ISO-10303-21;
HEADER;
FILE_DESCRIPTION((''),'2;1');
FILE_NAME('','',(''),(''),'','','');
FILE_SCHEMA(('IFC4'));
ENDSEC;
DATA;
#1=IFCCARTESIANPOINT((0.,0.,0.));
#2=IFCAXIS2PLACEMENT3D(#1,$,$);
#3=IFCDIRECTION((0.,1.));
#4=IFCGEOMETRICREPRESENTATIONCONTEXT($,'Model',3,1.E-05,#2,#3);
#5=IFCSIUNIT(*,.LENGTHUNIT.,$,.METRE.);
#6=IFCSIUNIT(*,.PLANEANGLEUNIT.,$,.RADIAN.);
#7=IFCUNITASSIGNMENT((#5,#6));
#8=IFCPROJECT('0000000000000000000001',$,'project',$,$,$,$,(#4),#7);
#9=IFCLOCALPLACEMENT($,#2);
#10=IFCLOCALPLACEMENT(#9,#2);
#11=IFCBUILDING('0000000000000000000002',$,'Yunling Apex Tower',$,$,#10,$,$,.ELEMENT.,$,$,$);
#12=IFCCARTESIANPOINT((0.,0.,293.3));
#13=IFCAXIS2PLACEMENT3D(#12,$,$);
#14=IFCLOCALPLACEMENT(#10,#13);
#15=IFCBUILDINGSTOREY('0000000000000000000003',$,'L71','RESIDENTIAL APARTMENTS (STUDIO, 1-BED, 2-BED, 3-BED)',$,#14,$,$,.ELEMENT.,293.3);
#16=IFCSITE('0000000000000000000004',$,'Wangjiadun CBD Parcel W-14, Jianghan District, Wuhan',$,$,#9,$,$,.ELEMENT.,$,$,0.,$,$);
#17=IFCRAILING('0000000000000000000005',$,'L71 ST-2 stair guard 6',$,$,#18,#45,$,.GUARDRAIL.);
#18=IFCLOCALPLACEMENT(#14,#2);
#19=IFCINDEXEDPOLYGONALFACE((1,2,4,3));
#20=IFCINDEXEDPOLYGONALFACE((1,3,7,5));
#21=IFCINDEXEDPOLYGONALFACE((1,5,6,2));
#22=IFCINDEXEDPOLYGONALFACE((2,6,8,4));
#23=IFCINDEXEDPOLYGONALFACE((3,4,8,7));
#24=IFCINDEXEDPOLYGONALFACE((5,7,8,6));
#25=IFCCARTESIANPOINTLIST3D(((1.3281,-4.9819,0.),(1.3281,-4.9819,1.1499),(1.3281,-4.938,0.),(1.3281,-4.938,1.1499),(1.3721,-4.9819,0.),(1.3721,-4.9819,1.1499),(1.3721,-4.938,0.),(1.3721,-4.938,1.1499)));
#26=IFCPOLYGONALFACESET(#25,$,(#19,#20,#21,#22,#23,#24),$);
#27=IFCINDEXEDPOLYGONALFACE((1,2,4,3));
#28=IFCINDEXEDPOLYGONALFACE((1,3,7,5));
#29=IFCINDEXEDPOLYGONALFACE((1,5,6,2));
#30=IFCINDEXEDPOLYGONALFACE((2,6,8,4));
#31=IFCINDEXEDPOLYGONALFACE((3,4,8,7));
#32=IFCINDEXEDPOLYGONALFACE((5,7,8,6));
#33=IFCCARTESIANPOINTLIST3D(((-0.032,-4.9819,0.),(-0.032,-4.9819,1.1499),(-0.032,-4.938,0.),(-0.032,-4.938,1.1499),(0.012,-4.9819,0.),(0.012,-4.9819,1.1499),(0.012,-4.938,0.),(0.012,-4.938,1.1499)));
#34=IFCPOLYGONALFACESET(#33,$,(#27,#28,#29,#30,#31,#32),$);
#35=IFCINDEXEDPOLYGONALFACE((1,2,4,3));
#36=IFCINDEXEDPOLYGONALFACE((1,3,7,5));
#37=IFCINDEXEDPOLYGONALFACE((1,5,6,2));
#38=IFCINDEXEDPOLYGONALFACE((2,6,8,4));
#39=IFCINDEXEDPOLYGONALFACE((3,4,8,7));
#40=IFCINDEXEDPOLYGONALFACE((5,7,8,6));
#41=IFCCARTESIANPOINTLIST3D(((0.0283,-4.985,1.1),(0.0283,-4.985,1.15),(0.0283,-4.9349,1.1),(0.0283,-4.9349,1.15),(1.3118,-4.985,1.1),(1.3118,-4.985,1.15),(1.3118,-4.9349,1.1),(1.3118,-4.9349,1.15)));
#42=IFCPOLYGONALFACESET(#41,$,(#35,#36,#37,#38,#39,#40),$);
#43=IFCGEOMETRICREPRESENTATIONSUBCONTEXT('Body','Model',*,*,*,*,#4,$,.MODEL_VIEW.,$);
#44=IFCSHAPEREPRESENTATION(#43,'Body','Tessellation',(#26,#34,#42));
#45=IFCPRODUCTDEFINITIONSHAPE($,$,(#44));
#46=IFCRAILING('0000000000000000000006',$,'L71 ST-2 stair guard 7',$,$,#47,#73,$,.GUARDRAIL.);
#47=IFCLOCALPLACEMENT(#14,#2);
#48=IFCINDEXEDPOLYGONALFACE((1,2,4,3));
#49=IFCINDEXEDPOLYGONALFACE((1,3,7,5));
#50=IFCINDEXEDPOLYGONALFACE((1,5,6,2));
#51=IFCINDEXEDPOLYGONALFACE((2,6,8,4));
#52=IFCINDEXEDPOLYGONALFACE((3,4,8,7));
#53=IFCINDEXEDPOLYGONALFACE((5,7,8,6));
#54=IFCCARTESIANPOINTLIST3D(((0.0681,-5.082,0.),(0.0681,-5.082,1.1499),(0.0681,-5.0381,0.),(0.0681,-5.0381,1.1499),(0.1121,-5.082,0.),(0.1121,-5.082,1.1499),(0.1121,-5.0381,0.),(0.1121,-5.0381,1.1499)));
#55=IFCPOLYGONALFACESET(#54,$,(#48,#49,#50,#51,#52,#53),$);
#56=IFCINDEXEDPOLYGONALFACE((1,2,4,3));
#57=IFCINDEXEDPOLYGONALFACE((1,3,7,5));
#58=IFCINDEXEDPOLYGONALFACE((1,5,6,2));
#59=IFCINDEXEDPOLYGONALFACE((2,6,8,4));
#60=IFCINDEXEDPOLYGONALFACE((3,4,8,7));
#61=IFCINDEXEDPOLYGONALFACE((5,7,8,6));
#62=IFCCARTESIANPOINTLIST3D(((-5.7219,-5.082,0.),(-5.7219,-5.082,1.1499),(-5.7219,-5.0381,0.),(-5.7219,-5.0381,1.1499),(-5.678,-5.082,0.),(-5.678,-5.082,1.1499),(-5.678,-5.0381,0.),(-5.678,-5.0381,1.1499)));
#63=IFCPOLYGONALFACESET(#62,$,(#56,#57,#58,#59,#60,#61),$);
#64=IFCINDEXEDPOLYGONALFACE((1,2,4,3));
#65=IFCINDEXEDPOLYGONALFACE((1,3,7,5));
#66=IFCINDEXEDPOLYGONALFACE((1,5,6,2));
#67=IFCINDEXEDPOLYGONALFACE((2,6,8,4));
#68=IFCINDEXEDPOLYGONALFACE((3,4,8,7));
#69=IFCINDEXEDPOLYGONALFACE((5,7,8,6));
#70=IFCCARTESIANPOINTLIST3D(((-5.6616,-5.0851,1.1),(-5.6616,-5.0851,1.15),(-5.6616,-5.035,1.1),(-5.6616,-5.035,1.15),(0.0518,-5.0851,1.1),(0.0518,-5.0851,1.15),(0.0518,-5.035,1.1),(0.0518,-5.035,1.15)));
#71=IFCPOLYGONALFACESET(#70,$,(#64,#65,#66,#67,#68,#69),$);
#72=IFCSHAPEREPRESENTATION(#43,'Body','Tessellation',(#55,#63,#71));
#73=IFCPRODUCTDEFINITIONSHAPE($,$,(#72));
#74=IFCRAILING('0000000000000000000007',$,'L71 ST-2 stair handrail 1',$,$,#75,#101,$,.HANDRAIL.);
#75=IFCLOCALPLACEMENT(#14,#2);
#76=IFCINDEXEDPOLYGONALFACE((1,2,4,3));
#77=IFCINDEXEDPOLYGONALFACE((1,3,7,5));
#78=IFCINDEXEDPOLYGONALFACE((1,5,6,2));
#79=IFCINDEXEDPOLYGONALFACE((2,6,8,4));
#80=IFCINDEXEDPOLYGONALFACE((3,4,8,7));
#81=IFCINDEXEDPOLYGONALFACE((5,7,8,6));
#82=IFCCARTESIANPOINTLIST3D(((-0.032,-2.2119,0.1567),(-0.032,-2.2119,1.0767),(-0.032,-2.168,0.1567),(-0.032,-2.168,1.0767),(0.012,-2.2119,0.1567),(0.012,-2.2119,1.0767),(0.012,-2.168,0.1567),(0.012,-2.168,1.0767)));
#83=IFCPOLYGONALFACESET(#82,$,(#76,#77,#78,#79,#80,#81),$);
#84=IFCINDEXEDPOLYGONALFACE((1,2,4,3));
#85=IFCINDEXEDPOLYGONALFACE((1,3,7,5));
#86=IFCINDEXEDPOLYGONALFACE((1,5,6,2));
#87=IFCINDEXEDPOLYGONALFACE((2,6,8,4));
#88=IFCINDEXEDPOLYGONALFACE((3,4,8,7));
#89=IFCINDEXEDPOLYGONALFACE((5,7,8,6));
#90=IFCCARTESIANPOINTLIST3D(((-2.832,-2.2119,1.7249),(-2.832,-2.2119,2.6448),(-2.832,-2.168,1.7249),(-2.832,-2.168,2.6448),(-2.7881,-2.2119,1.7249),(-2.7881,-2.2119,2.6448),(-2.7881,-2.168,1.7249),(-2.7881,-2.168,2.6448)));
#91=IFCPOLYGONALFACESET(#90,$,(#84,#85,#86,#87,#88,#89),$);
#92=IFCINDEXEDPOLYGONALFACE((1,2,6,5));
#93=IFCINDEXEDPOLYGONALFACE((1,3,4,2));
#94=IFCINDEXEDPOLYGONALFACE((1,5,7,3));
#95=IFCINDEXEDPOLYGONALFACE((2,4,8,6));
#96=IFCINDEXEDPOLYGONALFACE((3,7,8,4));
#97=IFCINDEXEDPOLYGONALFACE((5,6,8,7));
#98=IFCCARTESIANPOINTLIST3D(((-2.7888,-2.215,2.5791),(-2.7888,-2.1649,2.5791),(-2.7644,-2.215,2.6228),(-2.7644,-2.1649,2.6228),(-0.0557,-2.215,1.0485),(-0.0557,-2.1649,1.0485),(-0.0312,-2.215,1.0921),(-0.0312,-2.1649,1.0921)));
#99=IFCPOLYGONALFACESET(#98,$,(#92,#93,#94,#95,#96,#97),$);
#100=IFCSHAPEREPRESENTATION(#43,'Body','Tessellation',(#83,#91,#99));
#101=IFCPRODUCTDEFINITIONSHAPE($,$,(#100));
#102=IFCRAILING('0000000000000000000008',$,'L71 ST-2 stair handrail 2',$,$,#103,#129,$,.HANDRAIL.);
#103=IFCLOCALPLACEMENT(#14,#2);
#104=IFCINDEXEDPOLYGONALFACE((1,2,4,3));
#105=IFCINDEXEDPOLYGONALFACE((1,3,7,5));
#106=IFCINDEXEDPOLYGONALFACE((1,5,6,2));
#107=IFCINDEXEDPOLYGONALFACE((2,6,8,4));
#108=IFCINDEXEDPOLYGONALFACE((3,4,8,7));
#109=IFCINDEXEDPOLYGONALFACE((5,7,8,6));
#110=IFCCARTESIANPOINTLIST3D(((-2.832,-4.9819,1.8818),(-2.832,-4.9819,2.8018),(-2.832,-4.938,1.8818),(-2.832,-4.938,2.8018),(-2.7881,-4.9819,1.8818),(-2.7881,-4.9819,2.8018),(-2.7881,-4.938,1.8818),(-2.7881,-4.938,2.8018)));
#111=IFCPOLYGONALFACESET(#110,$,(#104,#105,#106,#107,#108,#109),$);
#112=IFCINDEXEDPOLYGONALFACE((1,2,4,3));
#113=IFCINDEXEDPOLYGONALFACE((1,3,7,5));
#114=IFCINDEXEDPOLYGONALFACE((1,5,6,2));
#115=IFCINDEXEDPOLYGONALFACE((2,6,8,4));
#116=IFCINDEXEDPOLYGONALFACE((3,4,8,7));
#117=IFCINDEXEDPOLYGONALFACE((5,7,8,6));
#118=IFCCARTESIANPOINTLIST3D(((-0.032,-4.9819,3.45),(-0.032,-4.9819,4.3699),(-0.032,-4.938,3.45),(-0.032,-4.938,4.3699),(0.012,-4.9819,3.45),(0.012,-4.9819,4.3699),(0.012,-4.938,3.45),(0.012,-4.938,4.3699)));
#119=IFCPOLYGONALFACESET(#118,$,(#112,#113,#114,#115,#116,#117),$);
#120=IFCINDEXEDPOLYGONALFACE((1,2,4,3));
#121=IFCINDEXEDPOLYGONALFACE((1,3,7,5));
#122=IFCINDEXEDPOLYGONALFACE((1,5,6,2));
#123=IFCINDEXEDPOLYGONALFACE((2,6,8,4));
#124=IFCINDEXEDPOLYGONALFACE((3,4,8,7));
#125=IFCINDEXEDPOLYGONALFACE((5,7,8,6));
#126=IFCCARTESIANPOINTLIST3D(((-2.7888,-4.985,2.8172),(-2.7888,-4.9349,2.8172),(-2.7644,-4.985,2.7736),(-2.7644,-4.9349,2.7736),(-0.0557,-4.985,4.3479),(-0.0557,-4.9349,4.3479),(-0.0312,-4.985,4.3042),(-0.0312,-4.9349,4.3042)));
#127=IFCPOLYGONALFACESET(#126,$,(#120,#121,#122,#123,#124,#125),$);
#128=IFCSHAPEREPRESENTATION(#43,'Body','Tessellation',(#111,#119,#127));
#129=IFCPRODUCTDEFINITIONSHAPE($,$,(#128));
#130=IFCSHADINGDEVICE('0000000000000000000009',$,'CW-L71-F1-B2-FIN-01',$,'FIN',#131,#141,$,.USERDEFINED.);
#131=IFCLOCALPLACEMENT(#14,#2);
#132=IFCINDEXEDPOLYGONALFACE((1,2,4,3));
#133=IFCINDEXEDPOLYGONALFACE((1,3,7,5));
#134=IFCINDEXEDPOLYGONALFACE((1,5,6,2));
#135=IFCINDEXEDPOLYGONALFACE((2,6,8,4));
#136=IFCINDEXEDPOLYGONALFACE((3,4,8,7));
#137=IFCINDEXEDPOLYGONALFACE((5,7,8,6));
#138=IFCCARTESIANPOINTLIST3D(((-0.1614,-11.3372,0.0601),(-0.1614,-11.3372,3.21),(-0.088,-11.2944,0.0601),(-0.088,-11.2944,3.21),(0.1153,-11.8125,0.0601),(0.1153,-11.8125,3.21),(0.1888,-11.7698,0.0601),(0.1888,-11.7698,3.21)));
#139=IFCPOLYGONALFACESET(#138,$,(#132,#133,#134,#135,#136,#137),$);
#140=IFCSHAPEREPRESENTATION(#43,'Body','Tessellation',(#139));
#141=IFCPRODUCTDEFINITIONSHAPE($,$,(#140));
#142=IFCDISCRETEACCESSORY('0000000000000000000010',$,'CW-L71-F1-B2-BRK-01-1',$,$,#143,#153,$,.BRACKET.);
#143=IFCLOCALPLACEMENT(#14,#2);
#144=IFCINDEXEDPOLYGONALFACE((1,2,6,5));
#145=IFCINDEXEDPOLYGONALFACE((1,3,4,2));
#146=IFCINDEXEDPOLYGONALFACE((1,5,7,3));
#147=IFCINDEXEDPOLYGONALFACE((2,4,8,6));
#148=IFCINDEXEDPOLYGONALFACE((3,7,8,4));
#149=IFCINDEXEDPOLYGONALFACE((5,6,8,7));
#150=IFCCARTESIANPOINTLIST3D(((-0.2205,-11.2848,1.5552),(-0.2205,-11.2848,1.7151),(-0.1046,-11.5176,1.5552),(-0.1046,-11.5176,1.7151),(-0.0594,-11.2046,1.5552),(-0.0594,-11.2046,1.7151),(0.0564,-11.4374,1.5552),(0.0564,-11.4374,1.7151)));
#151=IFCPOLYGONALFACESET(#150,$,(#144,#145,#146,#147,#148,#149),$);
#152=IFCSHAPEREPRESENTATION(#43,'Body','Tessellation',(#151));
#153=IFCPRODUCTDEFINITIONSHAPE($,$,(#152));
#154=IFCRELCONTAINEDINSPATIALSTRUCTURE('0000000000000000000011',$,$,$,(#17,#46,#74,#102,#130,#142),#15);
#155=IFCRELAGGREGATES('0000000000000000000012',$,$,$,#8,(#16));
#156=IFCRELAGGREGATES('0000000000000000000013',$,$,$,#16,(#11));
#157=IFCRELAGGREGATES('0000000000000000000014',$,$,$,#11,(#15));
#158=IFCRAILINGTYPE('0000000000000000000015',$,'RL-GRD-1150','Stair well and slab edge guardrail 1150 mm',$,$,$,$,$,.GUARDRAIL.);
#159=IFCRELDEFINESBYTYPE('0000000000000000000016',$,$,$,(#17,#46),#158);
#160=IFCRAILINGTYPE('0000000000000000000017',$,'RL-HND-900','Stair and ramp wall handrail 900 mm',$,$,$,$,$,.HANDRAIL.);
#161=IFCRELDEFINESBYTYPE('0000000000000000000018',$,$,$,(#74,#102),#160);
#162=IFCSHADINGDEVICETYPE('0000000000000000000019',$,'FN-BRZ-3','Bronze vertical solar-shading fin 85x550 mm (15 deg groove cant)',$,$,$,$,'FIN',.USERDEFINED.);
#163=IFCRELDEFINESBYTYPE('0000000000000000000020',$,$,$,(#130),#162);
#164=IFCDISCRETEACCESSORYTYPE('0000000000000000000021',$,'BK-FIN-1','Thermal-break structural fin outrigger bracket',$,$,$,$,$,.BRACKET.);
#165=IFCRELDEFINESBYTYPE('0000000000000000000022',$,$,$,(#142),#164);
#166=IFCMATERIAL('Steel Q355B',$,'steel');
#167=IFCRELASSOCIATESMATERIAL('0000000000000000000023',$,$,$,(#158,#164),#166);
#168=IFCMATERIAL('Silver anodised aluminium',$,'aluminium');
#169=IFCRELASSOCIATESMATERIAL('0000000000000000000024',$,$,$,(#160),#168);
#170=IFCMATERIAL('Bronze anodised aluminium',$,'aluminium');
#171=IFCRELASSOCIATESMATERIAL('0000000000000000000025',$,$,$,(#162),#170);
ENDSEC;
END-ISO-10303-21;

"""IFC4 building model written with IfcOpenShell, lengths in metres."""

from ifc_helpers import new_model, si_unit, direction, frame, origin, origin_2d, place, context, subcontext, project, spatial, rectangle, extrude, source, transform, mapped, material, material_profile, profile_set, type_object, element, save


model = new_model("IFC4")

# Units and contexts
model_context = context("Model", 3, precision=1e-05, world=origin(), true_north=direction((0.0, 1.0)))
body_context = subcontext(model_context, "Body", "Model", "MODEL_VIEW")
ifc_project = project(units=[si_unit("LENGTHUNIT", "METRE"), si_unit("PLANEANGLEUNIT", "RADIAN")], contexts=[model_context])

# Site, building, storey
site_placement = place(None, origin())
site = spatial("IfcSite", under=ifc_project, at=site_placement, Name="Wangjiadun CBD Parcel W-14, Jianghan District, Wuhan", CompositionType="ELEMENT", RefElevation=0.0)
building_placement = place(site_placement, origin())
building = spatial("IfcBuilding", under=site, at=building_placement, Name="Yunling Apex Tower", CompositionType="ELEMENT")
storey_placement = place(building_placement, frame((0.0, 0.0, 293.3)))
storey = spatial("IfcBuildingStorey", under=building, at=storey_placement, Name="L71", Description="RESIDENTIAL APARTMENTS (STUDIO, 1-BED, 2-BED, 3-BED)", CompositionType="ELEMENT", Elevation=293.3)

# Shared definitions
ifc_material_1 = material(Name="Steel Q355B", Category="steel")

# Shared definitions
ifc_material_2 = material(Name="Bronze anodised aluminium", Category="aluminium")

# Railings
railing_type_1 = type_object("IfcRailingType", Name="RL-GRD-1150", Description="Stair well and slab edge guardrail 1150 mm", PredefinedType="GUARDRAIL", material=ifc_material_1)
railing_1_placement = place(storey_placement, frame((1.3501, -4.96, 0.0)))
element("IfcRailing", 1, at=railing_1_placement, inside=storey, type_object=railing_type_1, Name="L71 ST-2 stair guard 6", PredefinedType="GUARDRAIL", context=body_context, shape_type="SweptSolid", body=[
    extrude(rectangle(XDim=0.0439, YDim=0.0439, at=origin_2d()), origin(), (0.0, 0.0, 1.0), 1.1499),
    extrude(rectangle(XDim=0.0439, YDim=0.0439, at=origin_2d()), frame((-1.3601, 0.0, 0.0)), (0.0, 0.0, 1.0), 1.1499),
    extrude(rectangle(XDim=0.05, YDim=0.05, at=origin_2d()), frame((-0.0383, 0.0, 1.125), z_axis=(-1.0, 0.0, 0.0), x_axis=(0.0, -1.0, 0.0)), (0.0, 0.0, 1.0), 1.2834),
])
railing_2_placement = place(storey_placement, frame((0.0901, -5.0601, 0.0)))
element("IfcRailing", 2, at=railing_2_placement, inside=storey, type_object=railing_type_1, Name="L71 ST-2 stair guard 7", PredefinedType="GUARDRAIL", context=body_context, shape_type="SweptSolid", body=[
    extrude(rectangle(XDim=0.0439, YDim=0.0439, at=origin_2d()), origin(), (0.0, 0.0, 1.0), 1.1499),
    extrude(rectangle(XDim=0.0439, YDim=0.0439, at=origin_2d()), frame((-5.79, 0.0, 0.0)), (0.0, 0.0, 1.0), 1.1499),
    extrude(rectangle(XDim=0.05, YDim=0.05, at=origin_2d()), frame((-0.0383, 0.0, 1.125), z_axis=(-1.0, 0.0, 0.0), x_axis=(0.0, -1.0, 0.0)), (0.0, 0.0, 1.0), 5.7134),
])
ifc_material_3 = material(Name="Silver anodised aluminium", Category="aluminium")
railing_type_2 = type_object("IfcRailingType", Name="RL-HND-900", Description="Stair and ramp wall handrail 900 mm", PredefinedType="HANDRAIL", material=ifc_material_3)
railing_3_placement = place(storey_placement, frame((-0.01, -2.1899, 0.1567)))
element("IfcRailing", 3, at=railing_3_placement, inside=storey, type_object=railing_type_2, Name="L71 ST-2 stair handrail 1", PredefinedType="HANDRAIL", context=body_context, shape_type="SweptSolid", body=[
    extrude(rectangle(XDim=0.0439, YDim=0.0439, at=origin_2d()), origin(), (0.0, 0.0, 1.0), 0.9199),
    extrude(rectangle(XDim=0.0439, YDim=0.0439, at=origin_2d()), frame((-2.8, 0.0, 1.5681)), (0.0, 0.0, 1.0), 0.9199),
    extrude(rectangle(XDim=0.05, YDim=0.05, at=origin_2d()), frame((-0.0334, 0.0, 0.9136), z_axis=(-0.872494, 0.0, 0.488624), x_axis=(0.0, -1.0, 0.0)), (0.0, 0.0, 1.0), 3.1326),
])
railing_4_placement = place(storey_placement, frame((-2.8101, -4.96, 1.8818)))
element("IfcRailing", 4, at=railing_4_placement, inside=storey, type_object=railing_type_2, Name="L71 ST-2 stair handrail 2", PredefinedType="HANDRAIL", context=body_context, shape_type="SweptSolid", body=[
    extrude(rectangle(XDim=0.0439, YDim=0.0439, at=origin_2d()), origin(), (0.0, 0.0, 1.0), 0.9199),
    extrude(rectangle(XDim=0.0439, YDim=0.0439, at=origin_2d()), frame((2.8, 0.0, 1.5681)), (0.0, 0.0, 1.0), 0.9199),
    extrude(rectangle(XDim=0.05, YDim=0.05, at=origin_2d()), frame((0.0334, 0.0, 0.9136), z_axis=(0.872494, 0.0, 0.488624), x_axis=(0.0, 1.0, 0.0)), (0.0, 0.0, 1.0), 3.1326),
])

# Shading device
ifc_material_profile_1 = material_profile(ifc_material_2, rectangle(XDim=0.085, YDim=0.55, at=origin_2d()))
ifc_profile_set_1 = profile_set([ifc_material_profile_1], Name="Bronze anodised aluminium")
shading_device_type = type_object("IfcShadingDeviceType", Name="FN-BRZ-3", Description="Bronze vertical solar-shading fin 85x550 mm (15 deg groove cant)", ElementType="FIN", PredefinedType="USERDEFINED", material=ifc_profile_set_1)
shared_shape_1 = source(origin(), body_context, "Body", "SweptSolid", [
    extrude(rectangle(XDim=0.085, YDim=0.55, at=origin_2d()), origin(), (0.0, 0.0, 1.0), 3.1499),
])
shading_device_placement = place(storey_placement, frame((0.0137, -11.5535, 0.0601), z_axis=(0.0, 0.0, 1.0), x_axis=(0.864187, 0.503171, 0.0)))
element("IfcShadingDevice", 5, at=shading_device_placement, inside=storey, type_object=shading_device_type, Name="CW-L71-F1-B2-FIN-01", ObjectType="FIN", PredefinedType="USERDEFINED", context=body_context, shape_type="MappedRepresentation", body=[
    mapped(shared_shape_1, transform((0.0, 0.0, 0.0), scale=1.0)),
])

# Discrete accessory
discrete_accessory_type = type_object("IfcDiscreteAccessoryType", Name="BK-FIN-1", Description="Thermal-break structural fin outrigger bracket", PredefinedType="BRACKET", material=ifc_material_1)
shared_shape_2 = source(origin(), body_context, "Body", "SweptSolid", [
    extrude(rectangle(XDim=0.1799, YDim=0.26, at=origin_2d()), origin(), (0.0, 0.0, 1.0), 0.1599),
])
discrete_accessory_placement = place(storey_placement, frame((-0.082, -11.3611, 1.5552), z_axis=(0.0, 0.0, 1.0), x_axis=(0.895246, 0.445573, 0.0)))
element("IfcDiscreteAccessory", 6, at=discrete_accessory_placement, inside=storey, type_object=discrete_accessory_type, Name="CW-L71-F1-B2-BRK-01-1", PredefinedType="BRACKET", context=body_context, shape_type="MappedRepresentation", body=[
    mapped(shared_shape_2, transform((0.0, 0.0, 0.0), scale=1.0)),
])

save(model, "model.ifc")
